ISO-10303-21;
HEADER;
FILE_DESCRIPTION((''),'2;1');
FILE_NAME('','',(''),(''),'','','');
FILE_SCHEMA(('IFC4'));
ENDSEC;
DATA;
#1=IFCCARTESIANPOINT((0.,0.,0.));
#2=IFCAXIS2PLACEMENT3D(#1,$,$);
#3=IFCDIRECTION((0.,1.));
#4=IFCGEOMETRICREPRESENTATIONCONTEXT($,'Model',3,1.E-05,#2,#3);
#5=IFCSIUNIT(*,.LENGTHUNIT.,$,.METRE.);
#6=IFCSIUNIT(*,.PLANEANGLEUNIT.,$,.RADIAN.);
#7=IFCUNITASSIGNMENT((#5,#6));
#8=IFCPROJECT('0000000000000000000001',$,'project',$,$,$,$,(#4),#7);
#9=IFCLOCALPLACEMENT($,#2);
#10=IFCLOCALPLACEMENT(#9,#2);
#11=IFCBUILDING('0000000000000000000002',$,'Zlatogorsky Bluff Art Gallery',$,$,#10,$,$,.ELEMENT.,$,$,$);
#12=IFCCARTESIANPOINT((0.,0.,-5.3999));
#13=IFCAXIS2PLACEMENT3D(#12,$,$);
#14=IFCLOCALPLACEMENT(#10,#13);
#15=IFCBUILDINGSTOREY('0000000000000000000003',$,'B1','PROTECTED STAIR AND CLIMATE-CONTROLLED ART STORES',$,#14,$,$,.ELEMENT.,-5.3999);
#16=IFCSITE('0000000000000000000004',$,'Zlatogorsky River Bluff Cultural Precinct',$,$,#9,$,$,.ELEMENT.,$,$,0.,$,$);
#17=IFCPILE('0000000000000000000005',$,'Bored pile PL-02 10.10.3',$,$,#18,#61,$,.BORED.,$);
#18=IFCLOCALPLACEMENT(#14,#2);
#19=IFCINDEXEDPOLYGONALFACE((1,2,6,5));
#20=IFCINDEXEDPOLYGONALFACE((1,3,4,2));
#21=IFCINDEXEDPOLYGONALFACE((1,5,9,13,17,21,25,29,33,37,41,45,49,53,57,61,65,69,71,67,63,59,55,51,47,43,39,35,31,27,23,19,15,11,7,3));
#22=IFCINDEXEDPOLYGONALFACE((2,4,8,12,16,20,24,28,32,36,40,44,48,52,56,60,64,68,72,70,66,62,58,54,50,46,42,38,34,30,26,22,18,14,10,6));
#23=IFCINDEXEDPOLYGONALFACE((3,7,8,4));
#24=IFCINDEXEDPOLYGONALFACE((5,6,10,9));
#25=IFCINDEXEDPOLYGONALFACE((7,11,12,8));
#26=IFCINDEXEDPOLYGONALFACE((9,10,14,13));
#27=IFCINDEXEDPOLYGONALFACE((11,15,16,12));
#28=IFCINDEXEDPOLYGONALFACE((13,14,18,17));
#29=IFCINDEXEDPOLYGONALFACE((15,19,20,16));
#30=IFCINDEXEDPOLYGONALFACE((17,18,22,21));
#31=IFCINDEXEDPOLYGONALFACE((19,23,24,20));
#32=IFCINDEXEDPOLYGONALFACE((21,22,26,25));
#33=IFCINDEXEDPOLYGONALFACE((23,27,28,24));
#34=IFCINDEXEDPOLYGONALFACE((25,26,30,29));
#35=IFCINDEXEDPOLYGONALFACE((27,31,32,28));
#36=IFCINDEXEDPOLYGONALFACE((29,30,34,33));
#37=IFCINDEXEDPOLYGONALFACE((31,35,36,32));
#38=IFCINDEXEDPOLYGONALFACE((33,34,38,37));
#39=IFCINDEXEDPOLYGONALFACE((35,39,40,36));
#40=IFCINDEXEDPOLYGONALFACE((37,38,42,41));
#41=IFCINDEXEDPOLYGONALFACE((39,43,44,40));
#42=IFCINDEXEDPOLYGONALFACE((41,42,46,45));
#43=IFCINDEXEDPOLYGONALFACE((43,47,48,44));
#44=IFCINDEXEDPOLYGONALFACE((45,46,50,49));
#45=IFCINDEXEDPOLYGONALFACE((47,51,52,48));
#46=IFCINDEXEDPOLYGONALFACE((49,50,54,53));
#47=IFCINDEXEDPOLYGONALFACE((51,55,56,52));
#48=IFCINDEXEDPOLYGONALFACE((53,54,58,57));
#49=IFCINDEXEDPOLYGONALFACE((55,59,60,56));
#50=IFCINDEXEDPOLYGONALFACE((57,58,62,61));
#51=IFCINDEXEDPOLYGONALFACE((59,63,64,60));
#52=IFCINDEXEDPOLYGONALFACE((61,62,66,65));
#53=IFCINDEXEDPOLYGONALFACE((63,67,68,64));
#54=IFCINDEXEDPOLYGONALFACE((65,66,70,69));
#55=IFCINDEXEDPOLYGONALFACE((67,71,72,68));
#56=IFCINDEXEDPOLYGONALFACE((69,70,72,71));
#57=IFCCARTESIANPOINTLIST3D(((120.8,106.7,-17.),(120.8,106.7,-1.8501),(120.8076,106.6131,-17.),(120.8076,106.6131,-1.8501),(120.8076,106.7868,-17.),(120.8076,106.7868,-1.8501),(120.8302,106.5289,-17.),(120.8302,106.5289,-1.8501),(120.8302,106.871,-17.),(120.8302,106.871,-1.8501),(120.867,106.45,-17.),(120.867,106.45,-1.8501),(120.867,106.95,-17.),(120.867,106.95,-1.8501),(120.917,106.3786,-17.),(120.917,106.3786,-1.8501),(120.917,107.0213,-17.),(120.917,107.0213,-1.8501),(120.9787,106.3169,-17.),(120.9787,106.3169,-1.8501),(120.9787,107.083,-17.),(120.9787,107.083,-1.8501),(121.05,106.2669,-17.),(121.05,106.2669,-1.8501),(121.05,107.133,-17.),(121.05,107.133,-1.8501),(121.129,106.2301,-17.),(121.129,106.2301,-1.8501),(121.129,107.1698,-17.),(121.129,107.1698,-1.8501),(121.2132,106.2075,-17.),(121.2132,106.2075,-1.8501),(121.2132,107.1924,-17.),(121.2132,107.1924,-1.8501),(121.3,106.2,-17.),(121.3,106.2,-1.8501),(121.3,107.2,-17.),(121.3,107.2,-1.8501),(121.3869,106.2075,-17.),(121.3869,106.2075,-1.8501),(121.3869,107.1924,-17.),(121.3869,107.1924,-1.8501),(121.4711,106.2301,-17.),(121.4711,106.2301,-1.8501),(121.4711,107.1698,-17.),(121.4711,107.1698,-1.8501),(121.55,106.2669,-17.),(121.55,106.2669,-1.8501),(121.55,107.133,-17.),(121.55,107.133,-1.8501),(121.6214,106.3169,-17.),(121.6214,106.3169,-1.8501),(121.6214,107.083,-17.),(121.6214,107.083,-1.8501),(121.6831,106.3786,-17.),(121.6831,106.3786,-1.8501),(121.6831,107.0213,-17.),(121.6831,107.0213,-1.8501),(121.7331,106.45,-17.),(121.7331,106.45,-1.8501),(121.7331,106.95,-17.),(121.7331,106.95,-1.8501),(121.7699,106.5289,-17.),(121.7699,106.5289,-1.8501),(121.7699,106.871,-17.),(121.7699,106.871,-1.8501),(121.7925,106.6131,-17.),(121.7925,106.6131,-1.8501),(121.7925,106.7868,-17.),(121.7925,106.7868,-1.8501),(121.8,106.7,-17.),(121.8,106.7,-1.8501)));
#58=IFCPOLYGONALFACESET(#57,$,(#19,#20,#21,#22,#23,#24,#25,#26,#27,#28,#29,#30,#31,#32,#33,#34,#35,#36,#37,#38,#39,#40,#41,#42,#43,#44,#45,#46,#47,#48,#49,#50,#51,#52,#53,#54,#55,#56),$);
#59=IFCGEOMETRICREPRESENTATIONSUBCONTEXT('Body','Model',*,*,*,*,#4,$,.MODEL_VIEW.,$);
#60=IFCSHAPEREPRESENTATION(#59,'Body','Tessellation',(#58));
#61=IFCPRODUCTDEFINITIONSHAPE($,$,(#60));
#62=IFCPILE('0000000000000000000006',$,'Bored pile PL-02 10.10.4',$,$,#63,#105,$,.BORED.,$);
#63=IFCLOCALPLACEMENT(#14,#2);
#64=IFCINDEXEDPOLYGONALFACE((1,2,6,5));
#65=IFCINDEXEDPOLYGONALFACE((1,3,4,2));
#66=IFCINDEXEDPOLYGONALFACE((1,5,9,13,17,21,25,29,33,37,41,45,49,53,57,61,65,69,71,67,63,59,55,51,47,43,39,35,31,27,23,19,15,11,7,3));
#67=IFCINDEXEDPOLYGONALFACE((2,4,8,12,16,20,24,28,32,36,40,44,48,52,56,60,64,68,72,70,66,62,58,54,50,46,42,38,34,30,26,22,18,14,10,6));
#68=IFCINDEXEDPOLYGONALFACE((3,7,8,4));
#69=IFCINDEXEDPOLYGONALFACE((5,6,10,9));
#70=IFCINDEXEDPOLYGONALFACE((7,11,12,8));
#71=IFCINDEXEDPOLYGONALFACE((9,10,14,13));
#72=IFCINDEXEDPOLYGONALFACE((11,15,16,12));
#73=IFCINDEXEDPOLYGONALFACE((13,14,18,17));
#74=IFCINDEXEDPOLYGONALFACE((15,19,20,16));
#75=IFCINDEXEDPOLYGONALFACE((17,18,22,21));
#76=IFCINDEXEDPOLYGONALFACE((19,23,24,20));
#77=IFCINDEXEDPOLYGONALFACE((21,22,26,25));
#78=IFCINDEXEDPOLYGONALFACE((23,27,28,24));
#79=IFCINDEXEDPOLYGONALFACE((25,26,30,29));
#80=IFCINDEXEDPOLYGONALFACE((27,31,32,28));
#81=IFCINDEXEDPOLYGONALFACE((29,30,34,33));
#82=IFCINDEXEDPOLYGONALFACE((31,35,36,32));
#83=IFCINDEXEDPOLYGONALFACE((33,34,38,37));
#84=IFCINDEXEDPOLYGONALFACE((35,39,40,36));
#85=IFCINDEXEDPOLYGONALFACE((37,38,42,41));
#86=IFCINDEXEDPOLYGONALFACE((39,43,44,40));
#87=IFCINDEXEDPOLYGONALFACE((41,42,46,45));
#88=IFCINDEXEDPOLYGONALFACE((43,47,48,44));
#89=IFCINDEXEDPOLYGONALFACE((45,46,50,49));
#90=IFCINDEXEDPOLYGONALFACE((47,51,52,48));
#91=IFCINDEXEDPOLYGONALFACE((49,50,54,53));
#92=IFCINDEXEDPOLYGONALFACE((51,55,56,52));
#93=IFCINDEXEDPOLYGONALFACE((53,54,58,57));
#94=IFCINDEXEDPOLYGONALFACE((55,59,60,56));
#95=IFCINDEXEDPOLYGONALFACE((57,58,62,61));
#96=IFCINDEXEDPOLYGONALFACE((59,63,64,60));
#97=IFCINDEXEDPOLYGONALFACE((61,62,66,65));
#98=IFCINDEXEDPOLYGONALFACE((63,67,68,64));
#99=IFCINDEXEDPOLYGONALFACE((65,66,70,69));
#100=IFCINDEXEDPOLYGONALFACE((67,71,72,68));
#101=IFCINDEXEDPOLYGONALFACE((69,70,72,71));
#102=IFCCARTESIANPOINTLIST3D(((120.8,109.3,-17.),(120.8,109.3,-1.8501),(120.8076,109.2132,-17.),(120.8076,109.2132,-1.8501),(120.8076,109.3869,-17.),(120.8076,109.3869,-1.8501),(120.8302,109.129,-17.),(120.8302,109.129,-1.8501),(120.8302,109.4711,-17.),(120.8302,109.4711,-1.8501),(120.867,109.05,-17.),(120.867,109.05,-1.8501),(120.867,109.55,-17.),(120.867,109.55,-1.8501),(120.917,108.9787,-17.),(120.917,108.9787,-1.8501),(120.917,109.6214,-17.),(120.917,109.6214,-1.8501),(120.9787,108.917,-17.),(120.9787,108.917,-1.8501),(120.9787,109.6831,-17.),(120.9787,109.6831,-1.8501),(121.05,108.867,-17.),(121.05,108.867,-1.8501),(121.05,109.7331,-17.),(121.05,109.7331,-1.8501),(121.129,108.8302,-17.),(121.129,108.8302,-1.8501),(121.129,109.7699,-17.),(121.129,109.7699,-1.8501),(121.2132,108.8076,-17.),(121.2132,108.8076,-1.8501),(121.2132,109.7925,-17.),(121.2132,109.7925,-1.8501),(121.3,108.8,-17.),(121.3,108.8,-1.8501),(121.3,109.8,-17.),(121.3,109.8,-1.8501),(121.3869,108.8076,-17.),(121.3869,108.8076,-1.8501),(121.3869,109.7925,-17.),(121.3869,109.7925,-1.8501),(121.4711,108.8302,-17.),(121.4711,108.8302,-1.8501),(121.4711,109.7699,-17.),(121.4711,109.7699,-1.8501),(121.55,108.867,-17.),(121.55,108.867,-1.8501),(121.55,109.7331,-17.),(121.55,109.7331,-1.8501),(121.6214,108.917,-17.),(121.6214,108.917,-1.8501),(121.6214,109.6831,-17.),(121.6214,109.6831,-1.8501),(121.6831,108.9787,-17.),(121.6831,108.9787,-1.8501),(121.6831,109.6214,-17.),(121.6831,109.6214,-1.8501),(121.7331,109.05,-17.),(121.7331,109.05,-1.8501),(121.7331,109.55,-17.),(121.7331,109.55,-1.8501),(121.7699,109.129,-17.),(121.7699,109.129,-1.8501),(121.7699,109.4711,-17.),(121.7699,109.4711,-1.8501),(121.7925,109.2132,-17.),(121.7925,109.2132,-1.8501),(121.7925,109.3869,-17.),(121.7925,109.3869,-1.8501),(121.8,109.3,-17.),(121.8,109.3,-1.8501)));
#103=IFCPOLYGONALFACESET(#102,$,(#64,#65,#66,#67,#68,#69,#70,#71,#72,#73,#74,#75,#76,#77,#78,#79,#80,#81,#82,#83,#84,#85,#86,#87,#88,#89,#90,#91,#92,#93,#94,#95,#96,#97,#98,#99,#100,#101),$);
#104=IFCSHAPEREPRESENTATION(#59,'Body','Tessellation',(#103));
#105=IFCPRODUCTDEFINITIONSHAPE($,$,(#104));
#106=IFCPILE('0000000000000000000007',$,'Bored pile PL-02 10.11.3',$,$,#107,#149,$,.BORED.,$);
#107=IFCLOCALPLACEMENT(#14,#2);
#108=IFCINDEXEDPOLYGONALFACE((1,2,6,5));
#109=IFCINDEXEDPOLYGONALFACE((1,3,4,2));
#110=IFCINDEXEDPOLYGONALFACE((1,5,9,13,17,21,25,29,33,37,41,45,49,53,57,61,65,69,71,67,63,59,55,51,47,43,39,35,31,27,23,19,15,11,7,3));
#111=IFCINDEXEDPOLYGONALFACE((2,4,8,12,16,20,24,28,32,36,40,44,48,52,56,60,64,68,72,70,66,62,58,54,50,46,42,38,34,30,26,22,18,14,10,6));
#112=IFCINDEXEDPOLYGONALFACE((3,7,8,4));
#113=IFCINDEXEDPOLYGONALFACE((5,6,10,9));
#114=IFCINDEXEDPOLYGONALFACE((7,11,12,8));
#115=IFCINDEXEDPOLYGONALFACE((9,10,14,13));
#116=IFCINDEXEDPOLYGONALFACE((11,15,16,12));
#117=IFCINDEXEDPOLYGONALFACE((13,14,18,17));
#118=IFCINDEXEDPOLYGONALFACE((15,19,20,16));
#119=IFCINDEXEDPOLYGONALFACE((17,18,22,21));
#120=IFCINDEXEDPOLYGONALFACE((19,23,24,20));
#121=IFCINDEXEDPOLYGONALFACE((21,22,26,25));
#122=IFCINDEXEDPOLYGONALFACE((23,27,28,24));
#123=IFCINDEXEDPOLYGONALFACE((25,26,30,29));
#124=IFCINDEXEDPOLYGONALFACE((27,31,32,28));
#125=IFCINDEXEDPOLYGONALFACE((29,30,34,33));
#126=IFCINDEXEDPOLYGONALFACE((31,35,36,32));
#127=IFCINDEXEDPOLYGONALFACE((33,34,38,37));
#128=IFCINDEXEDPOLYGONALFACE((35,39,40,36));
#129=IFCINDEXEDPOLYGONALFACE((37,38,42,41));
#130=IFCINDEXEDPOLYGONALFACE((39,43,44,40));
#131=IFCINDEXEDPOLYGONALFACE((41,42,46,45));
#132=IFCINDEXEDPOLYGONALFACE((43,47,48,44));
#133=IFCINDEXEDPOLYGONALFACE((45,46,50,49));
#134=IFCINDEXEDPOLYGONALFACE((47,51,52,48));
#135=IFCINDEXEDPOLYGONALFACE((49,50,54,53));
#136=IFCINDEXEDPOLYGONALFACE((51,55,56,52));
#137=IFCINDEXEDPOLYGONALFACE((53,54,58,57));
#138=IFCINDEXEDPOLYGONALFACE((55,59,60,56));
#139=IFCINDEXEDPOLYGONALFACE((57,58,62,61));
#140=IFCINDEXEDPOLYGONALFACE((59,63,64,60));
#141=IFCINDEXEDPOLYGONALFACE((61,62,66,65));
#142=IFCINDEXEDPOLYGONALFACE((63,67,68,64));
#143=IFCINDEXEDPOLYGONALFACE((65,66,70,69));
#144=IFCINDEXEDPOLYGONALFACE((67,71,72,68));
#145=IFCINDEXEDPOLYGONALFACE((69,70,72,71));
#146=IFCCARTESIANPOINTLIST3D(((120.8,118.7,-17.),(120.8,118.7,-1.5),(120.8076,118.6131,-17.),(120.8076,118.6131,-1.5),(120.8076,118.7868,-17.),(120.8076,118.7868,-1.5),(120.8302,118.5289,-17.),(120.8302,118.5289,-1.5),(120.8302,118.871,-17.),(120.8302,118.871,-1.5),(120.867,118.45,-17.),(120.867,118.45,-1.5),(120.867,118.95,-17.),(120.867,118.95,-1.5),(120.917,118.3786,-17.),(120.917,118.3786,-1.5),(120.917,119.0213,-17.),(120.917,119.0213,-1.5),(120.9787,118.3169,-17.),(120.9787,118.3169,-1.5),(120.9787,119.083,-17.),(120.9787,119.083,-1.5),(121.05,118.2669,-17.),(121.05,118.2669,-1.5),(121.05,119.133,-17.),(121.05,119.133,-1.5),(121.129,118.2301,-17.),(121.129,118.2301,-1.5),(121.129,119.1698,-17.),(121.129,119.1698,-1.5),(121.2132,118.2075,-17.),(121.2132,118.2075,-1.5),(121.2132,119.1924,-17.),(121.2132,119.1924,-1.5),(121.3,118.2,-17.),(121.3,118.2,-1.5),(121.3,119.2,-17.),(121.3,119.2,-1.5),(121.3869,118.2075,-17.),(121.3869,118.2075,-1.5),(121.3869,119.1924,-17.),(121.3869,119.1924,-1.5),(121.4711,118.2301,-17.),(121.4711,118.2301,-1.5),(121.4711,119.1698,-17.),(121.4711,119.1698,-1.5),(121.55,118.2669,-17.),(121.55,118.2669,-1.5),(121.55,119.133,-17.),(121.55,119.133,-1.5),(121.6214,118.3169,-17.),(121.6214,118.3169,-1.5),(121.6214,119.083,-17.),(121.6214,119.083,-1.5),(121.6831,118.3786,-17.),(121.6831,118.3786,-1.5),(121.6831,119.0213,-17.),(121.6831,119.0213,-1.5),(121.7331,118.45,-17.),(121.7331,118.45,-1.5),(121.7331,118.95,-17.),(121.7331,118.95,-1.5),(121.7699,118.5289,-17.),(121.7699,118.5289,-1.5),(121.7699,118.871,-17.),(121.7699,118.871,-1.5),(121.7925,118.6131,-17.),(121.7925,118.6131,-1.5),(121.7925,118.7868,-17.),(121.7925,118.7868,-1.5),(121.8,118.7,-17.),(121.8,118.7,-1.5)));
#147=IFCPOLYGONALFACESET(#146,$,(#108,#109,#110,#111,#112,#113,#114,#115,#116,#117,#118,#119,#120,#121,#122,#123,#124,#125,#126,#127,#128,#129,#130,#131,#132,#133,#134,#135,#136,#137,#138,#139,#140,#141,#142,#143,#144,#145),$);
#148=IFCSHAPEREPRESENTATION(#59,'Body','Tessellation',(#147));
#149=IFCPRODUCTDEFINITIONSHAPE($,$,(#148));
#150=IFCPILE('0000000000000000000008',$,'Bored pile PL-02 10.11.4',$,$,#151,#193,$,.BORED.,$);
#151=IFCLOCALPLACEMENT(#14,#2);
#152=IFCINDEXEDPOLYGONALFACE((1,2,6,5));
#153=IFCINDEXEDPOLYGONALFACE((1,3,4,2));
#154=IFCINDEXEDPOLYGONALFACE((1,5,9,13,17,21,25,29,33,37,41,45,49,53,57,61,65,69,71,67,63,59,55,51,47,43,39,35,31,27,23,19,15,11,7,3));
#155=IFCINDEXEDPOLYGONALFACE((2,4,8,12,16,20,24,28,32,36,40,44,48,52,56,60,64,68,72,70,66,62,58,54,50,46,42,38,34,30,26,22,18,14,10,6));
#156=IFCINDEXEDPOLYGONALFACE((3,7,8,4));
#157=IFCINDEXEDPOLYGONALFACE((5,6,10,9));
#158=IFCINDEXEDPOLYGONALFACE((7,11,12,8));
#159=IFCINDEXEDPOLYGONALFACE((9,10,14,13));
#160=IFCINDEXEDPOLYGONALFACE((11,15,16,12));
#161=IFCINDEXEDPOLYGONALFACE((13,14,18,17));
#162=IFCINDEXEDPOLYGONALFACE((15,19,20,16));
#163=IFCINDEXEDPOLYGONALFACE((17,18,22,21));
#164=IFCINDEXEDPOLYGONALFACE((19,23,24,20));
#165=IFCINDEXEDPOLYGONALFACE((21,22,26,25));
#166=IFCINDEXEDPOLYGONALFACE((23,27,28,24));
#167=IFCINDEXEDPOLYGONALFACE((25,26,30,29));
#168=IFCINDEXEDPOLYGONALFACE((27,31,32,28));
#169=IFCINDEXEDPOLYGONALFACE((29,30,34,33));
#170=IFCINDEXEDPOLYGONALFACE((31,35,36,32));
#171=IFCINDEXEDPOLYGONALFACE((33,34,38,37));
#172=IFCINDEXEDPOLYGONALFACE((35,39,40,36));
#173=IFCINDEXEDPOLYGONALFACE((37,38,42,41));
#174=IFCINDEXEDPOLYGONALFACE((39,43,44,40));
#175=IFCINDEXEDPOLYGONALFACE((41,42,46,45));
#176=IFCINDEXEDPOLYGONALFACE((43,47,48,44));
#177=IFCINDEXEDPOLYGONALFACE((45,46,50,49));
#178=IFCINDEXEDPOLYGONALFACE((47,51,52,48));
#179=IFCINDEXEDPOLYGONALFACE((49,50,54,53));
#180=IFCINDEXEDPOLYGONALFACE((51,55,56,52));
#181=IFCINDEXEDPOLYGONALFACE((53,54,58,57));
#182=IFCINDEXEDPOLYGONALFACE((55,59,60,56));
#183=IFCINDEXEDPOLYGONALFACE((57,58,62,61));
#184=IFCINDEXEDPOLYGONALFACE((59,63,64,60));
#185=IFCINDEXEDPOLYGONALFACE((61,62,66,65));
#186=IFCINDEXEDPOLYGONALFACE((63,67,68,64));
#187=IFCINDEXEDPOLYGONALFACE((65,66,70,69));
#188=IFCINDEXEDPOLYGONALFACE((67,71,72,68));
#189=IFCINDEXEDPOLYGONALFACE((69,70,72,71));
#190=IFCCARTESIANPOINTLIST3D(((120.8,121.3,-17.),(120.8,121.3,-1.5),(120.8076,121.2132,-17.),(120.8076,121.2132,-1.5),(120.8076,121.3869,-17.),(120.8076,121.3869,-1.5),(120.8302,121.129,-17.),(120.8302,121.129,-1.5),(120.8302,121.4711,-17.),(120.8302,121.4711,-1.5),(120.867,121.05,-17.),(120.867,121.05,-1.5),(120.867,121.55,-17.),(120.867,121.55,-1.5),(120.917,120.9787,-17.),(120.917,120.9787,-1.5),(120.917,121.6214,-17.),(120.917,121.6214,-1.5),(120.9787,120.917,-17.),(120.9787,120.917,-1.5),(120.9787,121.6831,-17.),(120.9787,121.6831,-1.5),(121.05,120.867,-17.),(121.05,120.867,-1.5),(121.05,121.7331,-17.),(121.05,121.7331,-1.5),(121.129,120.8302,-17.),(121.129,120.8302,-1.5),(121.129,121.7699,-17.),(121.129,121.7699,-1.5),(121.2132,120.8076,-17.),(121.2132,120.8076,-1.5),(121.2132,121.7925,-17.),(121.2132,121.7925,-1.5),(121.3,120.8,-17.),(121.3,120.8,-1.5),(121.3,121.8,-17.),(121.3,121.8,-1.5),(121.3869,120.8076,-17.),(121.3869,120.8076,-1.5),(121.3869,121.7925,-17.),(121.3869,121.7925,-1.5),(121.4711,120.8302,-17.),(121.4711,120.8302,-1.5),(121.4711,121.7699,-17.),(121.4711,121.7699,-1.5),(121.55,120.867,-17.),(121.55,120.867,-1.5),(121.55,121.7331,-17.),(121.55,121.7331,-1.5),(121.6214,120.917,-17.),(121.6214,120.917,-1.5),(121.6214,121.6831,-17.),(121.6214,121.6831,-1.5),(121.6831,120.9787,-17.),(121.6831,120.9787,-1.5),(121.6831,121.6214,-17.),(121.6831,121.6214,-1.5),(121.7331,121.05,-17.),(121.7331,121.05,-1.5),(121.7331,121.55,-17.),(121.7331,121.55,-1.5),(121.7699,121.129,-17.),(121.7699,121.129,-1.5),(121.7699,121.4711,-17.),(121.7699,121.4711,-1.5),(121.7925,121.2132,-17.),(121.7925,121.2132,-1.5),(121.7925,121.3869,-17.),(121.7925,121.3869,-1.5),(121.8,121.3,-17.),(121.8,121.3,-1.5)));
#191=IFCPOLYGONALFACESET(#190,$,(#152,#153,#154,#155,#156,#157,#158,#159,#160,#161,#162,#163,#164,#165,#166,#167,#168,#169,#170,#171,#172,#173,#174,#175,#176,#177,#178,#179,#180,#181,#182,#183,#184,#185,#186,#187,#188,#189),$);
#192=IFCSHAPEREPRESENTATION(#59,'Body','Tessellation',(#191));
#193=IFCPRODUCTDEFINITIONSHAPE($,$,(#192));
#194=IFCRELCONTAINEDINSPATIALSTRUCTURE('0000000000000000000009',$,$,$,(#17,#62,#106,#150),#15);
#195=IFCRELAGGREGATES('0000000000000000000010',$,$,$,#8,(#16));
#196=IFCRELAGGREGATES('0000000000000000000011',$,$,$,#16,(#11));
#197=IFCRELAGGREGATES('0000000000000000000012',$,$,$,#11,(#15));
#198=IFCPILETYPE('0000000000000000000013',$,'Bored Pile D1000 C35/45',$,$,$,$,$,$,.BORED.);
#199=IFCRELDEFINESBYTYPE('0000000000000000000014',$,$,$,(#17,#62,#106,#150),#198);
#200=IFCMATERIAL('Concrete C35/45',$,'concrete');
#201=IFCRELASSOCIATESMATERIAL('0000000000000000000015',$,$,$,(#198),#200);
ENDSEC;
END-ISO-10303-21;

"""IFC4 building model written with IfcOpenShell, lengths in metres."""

from ifc_helpers import new_model, si_unit, direction, frame, origin, origin_2d, place, context, subcontext, project, spatial, circle, extrude, material, material_profile, profile_set, type_object, element, save


model = new_model("IFC4")

# Units and contexts
model_context = context("Model", 3, precision=1e-05, world=origin(), true_north=direction((0.0, 1.0)))
body_context = subcontext(model_context, "Body", "Model", "MODEL_VIEW")
ifc_project = project(units=[si_unit("LENGTHUNIT", "METRE"), si_unit("PLANEANGLEUNIT", "RADIAN")], contexts=[model_context])

# Site, building, storey
site_placement = place(None, origin())
site = spatial("IfcSite", under=ifc_project, at=site_placement, Name="Zlatogorsky River Bluff Cultural Precinct", CompositionType="ELEMENT", RefElevation=0.0)
building_placement = place(site_placement, origin())
building = spatial("IfcBuilding", under=site, at=building_placement, Name="Zlatogorsky Bluff Art Gallery", CompositionType="ELEMENT")
storey_placement = place(building_placement, frame((0.0, 0.0, -5.3999)))
storey = spatial("IfcBuildingStorey", under=building, at=storey_placement, Name="B1", Description="PROTECTED STAIR AND CLIMATE-CONTROLLED ART STORES", CompositionType="ELEMENT", Elevation=-5.3999)

# Piles
ifc_material_1 = material(Name="Concrete C35/45", Category="concrete")
ifc_material_profile_1 = material_profile(ifc_material_1, circle(Radius=0.5, at=origin_2d()), Name="BORED PILE D1000")
ifc_profile_set_1 = profile_set([ifc_material_profile_1], Name="Concrete C35/45")
pile_type_1 = type_object("IfcPileType", Name="Bored Pile D1000 C35/45", PredefinedType="BORED", material=ifc_profile_set_1)
for number, where, z_axis, x_axis, name in (
    (1, (121.3, 106.7, -1.8501), (0.0, 0.0, -1.0), (1.0, 0.0, 0.0), "Bored pile PL-02 10.10.3"),
    (2, (121.3, 109.3, -1.8501), (0.0, 0.0, -1.0), (1.0, 0.0, 0.0), "Bored pile PL-02 10.10.4"),
):
    element("IfcPile", number, at=place(storey_placement, frame(where, z_axis=z_axis, x_axis=x_axis)), inside=storey, type_object=pile_type_1, Name=name, PredefinedType="BORED", context=body_context, shape_type="SweptSolid", body=[
        extrude(circle(Radius=0.5, at=origin_2d()), origin(), (0.0, 0.0, 1.0), 15.1499),
    ])
for number, where, z_axis, x_axis, name in (
    (3, (121.3, 118.7, -1.5), (0.0, 0.0, -1.0), (1.0, 0.0, 0.0), "Bored pile PL-02 10.11.3"),
    (4, (121.3, 121.3, -1.5), (0.0, 0.0, -1.0), (1.0, 0.0, 0.0), "Bored pile PL-02 10.11.4"),
):
    element("IfcPile", number, at=place(storey_placement, frame(where, z_axis=z_axis, x_axis=x_axis)), inside=storey, type_object=pile_type_1, Name=name, PredefinedType="BORED", context=body_context, shape_type="SweptSolid", body=[
        extrude(circle(Radius=0.5, at=origin_2d()), origin(), (0.0, 0.0, 1.0), 15.5),
    ])

save(model, "model.ifc")
